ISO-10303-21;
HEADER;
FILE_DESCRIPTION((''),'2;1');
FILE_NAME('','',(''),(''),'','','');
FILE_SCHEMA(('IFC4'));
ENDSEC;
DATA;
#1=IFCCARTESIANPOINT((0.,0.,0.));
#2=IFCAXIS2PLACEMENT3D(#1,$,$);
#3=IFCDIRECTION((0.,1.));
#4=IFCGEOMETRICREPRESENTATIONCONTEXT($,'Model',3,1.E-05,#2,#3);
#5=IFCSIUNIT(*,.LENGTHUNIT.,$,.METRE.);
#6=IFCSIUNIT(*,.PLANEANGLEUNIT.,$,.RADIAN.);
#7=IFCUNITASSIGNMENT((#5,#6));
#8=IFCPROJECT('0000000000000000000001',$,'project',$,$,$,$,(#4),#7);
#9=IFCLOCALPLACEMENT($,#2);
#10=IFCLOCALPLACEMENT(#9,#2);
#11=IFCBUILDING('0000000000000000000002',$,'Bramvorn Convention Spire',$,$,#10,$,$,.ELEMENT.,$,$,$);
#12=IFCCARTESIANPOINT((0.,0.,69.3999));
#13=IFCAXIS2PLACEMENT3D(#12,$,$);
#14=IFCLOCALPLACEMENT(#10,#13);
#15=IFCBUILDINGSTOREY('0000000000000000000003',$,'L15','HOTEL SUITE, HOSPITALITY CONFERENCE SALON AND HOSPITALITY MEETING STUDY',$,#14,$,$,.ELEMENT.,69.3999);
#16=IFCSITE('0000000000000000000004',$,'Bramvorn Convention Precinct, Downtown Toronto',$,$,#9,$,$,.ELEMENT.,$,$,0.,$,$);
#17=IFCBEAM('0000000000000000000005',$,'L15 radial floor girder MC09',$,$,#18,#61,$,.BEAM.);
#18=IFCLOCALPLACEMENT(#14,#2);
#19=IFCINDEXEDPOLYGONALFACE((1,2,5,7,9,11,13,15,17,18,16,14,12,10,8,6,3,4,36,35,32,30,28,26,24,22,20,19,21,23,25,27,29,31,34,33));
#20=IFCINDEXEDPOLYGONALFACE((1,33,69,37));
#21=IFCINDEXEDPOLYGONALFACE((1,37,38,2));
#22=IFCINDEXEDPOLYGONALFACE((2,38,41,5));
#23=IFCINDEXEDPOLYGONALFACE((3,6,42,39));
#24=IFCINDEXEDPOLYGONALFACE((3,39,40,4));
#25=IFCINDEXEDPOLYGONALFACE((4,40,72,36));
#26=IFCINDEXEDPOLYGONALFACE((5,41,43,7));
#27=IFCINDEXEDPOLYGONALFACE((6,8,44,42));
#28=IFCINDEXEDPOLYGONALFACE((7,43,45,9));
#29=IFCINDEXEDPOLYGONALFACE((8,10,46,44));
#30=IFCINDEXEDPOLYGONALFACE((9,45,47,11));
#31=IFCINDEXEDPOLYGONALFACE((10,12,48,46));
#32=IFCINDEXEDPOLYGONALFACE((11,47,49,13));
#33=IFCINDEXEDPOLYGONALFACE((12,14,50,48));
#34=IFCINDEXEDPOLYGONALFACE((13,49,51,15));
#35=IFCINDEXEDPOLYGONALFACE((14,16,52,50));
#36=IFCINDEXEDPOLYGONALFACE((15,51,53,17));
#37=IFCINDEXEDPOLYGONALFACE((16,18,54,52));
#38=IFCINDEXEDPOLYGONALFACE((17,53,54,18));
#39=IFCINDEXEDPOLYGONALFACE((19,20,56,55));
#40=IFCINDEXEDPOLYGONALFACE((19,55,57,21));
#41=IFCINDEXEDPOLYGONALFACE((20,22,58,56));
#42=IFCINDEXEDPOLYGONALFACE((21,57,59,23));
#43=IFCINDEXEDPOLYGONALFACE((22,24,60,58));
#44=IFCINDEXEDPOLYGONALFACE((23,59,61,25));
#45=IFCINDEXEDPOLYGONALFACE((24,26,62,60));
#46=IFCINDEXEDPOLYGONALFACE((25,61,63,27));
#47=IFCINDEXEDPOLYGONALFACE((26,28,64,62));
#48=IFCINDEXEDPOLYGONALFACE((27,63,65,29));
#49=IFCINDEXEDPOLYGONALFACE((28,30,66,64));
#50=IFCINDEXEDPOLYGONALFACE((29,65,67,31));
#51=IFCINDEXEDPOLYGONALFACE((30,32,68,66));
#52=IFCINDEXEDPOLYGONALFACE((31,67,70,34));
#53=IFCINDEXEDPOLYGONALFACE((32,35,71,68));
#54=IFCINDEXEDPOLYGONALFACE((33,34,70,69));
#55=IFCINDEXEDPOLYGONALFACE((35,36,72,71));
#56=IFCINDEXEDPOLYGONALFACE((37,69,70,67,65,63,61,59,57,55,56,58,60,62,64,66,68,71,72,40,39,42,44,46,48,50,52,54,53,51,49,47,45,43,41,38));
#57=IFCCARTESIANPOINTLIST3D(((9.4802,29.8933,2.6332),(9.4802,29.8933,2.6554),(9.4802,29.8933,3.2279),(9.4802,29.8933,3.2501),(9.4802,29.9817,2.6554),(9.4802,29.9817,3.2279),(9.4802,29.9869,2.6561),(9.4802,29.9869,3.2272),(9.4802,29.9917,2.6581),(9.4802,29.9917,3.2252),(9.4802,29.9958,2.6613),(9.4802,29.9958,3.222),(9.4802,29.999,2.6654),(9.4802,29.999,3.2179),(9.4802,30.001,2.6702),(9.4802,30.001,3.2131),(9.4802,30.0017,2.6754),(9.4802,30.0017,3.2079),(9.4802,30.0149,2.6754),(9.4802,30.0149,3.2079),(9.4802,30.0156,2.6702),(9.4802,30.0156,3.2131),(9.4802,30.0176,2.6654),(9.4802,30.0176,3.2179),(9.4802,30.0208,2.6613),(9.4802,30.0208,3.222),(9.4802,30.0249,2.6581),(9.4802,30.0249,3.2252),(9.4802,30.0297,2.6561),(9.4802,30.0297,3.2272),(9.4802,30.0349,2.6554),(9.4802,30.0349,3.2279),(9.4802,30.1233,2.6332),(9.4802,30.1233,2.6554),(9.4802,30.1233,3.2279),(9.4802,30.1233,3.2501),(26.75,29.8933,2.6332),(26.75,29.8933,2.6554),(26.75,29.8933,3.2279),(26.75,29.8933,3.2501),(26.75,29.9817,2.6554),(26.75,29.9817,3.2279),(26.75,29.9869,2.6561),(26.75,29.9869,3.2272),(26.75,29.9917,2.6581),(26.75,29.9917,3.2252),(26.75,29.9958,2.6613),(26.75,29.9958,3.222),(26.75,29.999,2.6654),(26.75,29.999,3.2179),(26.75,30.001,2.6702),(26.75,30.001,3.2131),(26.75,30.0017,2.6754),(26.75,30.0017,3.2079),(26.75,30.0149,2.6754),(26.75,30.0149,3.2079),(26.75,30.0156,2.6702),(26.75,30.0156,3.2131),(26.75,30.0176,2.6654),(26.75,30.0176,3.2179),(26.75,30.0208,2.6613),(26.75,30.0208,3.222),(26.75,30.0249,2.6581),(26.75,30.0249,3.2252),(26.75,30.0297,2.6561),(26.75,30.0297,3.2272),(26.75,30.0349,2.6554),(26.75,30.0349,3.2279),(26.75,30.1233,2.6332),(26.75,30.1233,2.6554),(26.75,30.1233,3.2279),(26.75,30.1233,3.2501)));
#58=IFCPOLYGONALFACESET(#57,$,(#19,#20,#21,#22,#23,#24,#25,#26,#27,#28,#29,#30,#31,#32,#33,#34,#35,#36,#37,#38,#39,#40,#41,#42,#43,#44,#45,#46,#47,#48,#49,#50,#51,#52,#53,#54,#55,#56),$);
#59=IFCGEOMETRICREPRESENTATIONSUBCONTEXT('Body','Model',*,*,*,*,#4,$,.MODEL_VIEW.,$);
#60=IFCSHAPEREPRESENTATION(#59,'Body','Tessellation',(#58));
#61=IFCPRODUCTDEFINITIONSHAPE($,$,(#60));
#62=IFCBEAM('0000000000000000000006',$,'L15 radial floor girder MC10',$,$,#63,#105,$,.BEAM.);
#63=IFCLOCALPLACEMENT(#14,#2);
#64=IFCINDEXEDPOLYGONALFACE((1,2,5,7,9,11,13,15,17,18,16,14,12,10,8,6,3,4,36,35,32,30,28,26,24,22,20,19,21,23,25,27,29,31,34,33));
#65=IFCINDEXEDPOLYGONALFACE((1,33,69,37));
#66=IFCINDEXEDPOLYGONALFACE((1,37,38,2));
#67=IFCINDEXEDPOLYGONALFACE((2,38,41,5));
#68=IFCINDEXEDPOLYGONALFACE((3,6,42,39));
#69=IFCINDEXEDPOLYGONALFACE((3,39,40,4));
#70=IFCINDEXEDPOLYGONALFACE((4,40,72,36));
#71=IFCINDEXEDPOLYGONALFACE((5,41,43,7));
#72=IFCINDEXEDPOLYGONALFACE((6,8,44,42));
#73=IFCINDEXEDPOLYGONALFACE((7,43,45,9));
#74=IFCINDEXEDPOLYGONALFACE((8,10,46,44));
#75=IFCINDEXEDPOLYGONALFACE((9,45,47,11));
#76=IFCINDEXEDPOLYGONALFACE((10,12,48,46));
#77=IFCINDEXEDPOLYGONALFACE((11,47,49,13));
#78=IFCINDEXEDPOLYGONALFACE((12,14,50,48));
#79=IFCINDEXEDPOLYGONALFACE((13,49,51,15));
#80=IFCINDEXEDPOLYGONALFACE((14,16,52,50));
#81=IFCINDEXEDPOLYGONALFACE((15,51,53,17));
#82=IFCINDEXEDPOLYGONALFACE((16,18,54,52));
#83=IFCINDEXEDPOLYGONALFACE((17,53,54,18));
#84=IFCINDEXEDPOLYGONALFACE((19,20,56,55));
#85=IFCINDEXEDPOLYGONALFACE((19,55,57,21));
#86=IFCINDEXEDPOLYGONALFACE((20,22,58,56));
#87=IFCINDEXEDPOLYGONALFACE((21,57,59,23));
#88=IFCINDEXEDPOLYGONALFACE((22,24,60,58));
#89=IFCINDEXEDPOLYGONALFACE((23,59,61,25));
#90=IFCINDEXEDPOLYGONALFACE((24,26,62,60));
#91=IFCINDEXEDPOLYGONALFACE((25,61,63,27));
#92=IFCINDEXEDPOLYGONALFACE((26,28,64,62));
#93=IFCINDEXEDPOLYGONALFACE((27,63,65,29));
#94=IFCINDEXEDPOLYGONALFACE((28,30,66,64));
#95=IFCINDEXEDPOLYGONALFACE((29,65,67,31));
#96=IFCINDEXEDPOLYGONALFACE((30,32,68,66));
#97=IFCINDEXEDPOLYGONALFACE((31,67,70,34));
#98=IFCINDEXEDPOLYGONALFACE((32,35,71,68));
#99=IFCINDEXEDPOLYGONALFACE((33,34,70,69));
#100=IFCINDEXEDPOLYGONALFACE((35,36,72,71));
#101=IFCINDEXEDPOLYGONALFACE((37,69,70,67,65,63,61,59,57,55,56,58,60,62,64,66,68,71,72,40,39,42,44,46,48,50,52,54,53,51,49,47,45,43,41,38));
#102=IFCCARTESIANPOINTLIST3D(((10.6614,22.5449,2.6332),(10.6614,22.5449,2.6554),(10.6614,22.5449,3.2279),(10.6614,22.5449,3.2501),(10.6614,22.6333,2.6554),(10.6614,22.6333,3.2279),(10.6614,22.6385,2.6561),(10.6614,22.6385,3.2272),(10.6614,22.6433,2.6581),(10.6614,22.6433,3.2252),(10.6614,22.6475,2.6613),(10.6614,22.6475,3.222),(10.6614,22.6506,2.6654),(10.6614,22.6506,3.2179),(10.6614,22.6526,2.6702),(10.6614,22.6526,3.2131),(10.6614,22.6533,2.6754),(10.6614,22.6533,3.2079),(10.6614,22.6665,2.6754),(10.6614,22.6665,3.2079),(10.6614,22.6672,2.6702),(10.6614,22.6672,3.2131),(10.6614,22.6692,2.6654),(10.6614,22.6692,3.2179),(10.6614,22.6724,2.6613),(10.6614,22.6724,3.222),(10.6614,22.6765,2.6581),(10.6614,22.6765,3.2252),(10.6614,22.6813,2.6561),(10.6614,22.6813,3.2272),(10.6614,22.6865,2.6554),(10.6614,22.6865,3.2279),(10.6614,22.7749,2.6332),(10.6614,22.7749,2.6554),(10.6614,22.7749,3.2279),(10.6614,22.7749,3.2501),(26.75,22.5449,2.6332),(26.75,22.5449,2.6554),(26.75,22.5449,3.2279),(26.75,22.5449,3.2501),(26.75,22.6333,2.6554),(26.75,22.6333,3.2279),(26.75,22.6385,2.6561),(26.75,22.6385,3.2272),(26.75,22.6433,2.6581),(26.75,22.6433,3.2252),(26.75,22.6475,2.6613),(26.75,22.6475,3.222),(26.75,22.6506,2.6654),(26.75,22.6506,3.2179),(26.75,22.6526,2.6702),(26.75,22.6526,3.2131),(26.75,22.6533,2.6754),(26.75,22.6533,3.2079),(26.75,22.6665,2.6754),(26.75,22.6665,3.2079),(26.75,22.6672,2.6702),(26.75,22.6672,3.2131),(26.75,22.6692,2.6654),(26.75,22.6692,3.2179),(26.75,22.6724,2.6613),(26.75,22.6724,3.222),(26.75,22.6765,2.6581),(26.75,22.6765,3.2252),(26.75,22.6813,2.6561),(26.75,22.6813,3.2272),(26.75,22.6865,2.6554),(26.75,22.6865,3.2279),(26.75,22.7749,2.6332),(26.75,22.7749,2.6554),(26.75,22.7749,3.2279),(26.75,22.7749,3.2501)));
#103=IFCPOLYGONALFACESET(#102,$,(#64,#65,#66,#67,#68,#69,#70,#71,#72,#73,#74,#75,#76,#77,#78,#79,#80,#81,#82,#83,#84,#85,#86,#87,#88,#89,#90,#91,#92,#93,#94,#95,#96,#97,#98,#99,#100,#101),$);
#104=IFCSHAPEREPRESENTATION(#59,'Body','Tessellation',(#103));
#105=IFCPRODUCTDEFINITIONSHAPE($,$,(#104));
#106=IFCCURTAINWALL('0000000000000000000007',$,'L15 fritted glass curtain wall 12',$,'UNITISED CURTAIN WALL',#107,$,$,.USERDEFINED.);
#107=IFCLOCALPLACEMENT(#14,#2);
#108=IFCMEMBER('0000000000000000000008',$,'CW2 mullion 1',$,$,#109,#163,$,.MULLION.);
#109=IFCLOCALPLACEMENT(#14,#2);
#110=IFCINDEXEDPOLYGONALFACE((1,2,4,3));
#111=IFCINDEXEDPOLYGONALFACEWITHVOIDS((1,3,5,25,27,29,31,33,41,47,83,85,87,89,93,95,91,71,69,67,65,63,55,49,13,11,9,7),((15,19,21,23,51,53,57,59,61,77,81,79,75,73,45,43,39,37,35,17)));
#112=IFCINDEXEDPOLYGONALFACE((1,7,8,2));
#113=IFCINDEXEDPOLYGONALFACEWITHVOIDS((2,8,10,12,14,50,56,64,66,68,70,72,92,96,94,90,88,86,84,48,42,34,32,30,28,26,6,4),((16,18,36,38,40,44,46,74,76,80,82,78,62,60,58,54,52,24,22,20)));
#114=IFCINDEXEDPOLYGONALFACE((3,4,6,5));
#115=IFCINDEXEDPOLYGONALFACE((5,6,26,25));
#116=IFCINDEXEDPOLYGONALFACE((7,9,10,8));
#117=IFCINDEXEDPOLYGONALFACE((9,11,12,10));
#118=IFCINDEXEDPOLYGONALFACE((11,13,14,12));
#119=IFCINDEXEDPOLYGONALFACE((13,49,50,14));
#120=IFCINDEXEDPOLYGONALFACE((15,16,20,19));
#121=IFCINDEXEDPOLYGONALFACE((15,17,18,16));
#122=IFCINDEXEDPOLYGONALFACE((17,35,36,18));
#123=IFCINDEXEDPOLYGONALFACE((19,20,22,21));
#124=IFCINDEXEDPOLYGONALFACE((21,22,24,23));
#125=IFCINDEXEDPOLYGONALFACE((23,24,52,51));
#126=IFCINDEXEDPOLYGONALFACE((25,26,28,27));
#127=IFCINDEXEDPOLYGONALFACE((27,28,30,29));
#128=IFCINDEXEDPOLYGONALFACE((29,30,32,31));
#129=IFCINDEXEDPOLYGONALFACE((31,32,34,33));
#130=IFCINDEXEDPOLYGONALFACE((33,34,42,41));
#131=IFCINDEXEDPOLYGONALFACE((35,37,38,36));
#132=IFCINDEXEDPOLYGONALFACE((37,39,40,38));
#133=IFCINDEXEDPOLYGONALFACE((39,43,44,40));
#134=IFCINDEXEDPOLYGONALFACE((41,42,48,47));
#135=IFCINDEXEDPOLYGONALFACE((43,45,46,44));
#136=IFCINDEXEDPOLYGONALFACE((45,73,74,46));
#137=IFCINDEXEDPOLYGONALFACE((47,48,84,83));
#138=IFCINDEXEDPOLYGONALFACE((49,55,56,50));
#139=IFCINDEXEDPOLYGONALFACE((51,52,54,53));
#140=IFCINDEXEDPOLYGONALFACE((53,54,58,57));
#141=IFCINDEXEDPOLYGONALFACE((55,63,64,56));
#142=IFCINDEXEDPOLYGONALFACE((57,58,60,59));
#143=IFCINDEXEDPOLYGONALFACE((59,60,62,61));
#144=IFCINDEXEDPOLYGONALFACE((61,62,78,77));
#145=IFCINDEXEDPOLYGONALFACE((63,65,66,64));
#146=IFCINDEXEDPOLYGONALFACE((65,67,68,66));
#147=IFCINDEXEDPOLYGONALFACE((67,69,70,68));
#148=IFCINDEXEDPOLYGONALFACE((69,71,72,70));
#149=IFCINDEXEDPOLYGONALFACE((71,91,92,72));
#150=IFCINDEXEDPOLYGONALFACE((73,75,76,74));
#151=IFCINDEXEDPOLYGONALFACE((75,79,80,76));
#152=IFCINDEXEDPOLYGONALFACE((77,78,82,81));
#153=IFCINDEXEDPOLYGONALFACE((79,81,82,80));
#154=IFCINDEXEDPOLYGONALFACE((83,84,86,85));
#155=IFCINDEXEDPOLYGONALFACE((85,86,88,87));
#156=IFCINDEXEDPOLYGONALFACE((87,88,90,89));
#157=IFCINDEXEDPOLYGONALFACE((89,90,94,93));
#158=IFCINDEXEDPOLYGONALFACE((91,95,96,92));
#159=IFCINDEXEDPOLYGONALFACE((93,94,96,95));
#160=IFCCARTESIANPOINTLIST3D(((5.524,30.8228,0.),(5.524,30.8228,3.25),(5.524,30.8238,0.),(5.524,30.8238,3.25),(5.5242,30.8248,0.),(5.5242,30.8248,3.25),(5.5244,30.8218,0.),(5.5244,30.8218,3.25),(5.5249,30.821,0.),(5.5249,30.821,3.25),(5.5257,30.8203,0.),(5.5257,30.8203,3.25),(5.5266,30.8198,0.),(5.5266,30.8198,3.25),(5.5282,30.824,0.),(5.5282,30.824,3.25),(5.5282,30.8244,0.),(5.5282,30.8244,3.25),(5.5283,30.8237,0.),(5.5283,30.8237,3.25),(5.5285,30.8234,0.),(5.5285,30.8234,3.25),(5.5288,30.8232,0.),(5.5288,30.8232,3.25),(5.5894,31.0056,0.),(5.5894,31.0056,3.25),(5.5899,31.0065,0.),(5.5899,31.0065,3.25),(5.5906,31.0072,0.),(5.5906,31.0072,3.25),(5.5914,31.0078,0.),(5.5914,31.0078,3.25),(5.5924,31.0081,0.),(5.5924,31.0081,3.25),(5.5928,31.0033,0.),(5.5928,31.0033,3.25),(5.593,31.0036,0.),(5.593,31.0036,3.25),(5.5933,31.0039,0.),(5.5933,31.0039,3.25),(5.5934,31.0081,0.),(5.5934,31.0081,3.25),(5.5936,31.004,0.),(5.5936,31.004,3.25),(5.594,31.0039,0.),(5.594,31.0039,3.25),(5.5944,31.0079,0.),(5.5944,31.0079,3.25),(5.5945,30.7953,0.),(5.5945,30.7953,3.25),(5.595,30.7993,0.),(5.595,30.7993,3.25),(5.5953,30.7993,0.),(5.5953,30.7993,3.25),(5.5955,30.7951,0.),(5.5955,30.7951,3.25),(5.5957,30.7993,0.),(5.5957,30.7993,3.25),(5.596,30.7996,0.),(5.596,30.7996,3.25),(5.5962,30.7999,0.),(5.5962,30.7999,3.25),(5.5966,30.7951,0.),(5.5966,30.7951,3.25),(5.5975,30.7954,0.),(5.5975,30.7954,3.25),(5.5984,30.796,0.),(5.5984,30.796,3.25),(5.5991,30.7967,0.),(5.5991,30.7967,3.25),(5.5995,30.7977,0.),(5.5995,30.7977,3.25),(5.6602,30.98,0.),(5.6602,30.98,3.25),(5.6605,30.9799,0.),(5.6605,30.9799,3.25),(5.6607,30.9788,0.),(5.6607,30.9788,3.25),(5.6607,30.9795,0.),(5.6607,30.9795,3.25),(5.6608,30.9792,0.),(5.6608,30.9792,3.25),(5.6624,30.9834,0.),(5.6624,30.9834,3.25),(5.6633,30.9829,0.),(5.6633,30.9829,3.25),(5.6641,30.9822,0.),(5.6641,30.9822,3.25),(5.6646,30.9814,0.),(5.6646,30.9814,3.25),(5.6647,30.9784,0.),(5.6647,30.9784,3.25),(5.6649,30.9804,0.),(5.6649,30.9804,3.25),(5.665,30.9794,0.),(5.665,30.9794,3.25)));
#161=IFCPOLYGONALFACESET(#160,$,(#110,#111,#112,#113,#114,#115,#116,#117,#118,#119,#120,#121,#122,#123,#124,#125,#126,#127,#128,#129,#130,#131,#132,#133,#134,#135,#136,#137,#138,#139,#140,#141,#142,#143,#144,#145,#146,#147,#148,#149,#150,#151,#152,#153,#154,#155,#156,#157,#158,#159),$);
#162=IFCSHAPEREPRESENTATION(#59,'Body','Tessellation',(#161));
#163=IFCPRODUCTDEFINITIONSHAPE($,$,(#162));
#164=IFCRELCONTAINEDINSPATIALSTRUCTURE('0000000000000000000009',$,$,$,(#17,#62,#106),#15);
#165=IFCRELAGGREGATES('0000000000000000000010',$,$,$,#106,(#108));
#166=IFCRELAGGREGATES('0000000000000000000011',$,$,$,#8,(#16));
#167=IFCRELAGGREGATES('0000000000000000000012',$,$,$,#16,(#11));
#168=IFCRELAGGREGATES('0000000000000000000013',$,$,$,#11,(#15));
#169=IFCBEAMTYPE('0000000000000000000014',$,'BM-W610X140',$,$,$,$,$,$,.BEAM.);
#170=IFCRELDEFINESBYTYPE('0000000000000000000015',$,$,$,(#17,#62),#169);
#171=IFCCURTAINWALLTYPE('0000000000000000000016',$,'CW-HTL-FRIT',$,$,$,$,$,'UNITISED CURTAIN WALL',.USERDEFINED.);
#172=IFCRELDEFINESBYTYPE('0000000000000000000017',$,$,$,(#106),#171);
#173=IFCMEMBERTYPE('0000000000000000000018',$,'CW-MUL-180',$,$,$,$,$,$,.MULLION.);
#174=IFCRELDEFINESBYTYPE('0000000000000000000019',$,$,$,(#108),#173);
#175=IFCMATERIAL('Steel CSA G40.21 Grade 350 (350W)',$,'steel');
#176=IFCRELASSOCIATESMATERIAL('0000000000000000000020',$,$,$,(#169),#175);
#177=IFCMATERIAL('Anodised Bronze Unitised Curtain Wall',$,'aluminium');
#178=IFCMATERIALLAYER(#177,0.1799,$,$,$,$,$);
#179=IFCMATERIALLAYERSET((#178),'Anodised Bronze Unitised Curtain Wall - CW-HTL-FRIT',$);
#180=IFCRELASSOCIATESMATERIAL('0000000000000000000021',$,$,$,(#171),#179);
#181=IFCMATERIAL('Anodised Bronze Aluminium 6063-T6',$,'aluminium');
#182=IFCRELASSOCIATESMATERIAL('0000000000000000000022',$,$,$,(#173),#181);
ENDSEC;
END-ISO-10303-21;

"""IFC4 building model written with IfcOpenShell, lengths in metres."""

from ifc_helpers import new_model, si_unit, direction, frame, origin, origin_2d, place, context, subcontext, project, spatial, hollow_rectangle, i_section, extrude, material, layer, layer_set, material_profile, profile_set, type_object, element, aggregate, save


model = new_model("IFC4")

# Units and contexts
model_context = context("Model", 3, precision=1e-05, world=origin(), true_north=direction((0.0, 1.0)))
body_context = subcontext(model_context, "Body", "Model", "MODEL_VIEW")
ifc_project = project(units=[si_unit("LENGTHUNIT", "METRE"), si_unit("PLANEANGLEUNIT", "RADIAN")], contexts=[model_context])

# Site, building, storey
site_placement = place(None, origin())
site = spatial("IfcSite", under=ifc_project, at=site_placement, Name="Bramvorn Convention Precinct, Downtown Toronto", CompositionType="ELEMENT", RefElevation=0.0)
building_placement = place(site_placement, origin())
building = spatial("IfcBuilding", under=site, at=building_placement, Name="Bramvorn Convention Spire", CompositionType="ELEMENT")
storey_placement = place(building_placement, frame((0.0, 0.0, 69.3999)))
storey = spatial("IfcBuildingStorey", under=building, at=storey_placement, Name="L15", Description="HOTEL SUITE, HOSPITALITY CONFERENCE SALON AND HOSPITALITY MEETING STUDY", CompositionType="ELEMENT", Elevation=69.3999)

# Shared definitions
ifc_material_1 = material(Name="Steel CSA G40.21 Grade 350 (350W)", Category="steel")

# Beams
ifc_material_profile_1 = material_profile(ifc_material_1, i_section(OverallWidth=0.23, OverallDepth=0.6169, WebThickness=0.0132, FlangeThickness=0.0222, FilletRadius=0.02, at=origin_2d()))
ifc_profile_set_1 = profile_set([ifc_material_profile_1], Name="Steel CSA G40.21 Grade 350 (350W) - W610X140")
beam_type_1 = type_object("IfcBeamType", Name="BM-W610X140", PredefinedType="BEAM", material=ifc_profile_set_1)
beam_1_placement = place(storey_placement, frame((26.75, 30.0083, 2.9417), z_axis=(-1.0, 0.0, 0.0), x_axis=(0.0, -1.0, 0.0)))
element("IfcBeam", 1, at=beam_1_placement, inside=storey, type_object=beam_type_1, Name="L15 radial floor girder MC09", PredefinedType="BEAM", context=body_context, shape_type="SweptSolid", body=[
    extrude(i_section(OverallWidth=0.23, OverallDepth=0.6169, WebThickness=0.0132, FlangeThickness=0.0222, FilletRadius=0.02, at=origin_2d()), origin(), (0.0, 0.0, 1.0), 17.2698),
])
beam_2_placement = place(storey_placement, frame((26.75, 22.6599, 2.9417), z_axis=(-1.0, 0.0, 0.0), x_axis=(0.0, -1.0, 0.0)))
element("IfcBeam", 2, at=beam_2_placement, inside=storey, type_object=beam_type_1, Name="L15 radial floor girder MC10", PredefinedType="BEAM", context=body_context, shape_type="SweptSolid", body=[
    extrude(i_section(OverallWidth=0.23, OverallDepth=0.6169, WebThickness=0.0132, FlangeThickness=0.0222, FilletRadius=0.02, at=origin_2d()), origin(), (0.0, 0.0, 1.0), 16.0886),
])

# Curtain wall, member
ifc_material_2 = material(Name="Anodised Bronze Unitised Curtain Wall", Category="aluminium")
ifc_layer_1 = layer(ifc_material_2, 0.1799)
ifc_layer_set_1 = layer_set([ifc_layer_1], Name="Anodised Bronze Unitised Curtain Wall - CW-HTL-FRIT")
curtain_wall_type = type_object("IfcCurtainWallType", Name="CW-HTL-FRIT", ElementType="UNITISED CURTAIN WALL", PredefinedType="USERDEFINED", material=ifc_layer_set_1)
curtain_wall_placement = place(storey_placement, origin())
curtain_wall = element("IfcCurtainWall", 3, at=curtain_wall_placement, inside=storey, type_object=curtain_wall_type, Name="L15 fritted glass curtain wall 12", ObjectType="UNITISED CURTAIN WALL", PredefinedType="USERDEFINED")
ifc_material_3 = material(Name="Anodised Bronze Aluminium 6063-T6", Category="aluminium")
ifc_material_profile_2 = material_profile(ifc_material_3, hollow_rectangle(XDim=0.0801, YDim=0.2, WallThickness=0.0039, InnerFilletRadius=0.001, OuterFilletRadius=0.0039, at=origin_2d()))
ifc_profile_set_2 = profile_set([ifc_material_profile_2], Name="Anodised Bronze Aluminium 6063-T6 - CWM80X200")
member_type_1 = type_object("IfcMemberType", Name="CW-MUL-180", PredefinedType="MULLION", material=ifc_profile_set_2)
member_1_placement = place(storey_placement, frame((5.5945, 30.9016, 0.0), z_axis=(0.0, 0.0, 1.0), x_axis=(-0.940657, 0.339358, 0.0)))
member_1 = element("IfcMember", 4, at=member_1_placement, type_object=member_type_1, Name="CW2 mullion 1", PredefinedType="MULLION", context=body_context, shape_type="SweptSolid", body=[
    extrude(hollow_rectangle(XDim=0.0801, YDim=0.2, WallThickness=0.0039, InnerFilletRadius=0.001, OuterFilletRadius=0.0039, at=origin_2d()), origin(), (0.0, 0.0, 1.0), 3.25),
])
aggregate(curtain_wall, [member_1])

save(model, "model.ifc")
